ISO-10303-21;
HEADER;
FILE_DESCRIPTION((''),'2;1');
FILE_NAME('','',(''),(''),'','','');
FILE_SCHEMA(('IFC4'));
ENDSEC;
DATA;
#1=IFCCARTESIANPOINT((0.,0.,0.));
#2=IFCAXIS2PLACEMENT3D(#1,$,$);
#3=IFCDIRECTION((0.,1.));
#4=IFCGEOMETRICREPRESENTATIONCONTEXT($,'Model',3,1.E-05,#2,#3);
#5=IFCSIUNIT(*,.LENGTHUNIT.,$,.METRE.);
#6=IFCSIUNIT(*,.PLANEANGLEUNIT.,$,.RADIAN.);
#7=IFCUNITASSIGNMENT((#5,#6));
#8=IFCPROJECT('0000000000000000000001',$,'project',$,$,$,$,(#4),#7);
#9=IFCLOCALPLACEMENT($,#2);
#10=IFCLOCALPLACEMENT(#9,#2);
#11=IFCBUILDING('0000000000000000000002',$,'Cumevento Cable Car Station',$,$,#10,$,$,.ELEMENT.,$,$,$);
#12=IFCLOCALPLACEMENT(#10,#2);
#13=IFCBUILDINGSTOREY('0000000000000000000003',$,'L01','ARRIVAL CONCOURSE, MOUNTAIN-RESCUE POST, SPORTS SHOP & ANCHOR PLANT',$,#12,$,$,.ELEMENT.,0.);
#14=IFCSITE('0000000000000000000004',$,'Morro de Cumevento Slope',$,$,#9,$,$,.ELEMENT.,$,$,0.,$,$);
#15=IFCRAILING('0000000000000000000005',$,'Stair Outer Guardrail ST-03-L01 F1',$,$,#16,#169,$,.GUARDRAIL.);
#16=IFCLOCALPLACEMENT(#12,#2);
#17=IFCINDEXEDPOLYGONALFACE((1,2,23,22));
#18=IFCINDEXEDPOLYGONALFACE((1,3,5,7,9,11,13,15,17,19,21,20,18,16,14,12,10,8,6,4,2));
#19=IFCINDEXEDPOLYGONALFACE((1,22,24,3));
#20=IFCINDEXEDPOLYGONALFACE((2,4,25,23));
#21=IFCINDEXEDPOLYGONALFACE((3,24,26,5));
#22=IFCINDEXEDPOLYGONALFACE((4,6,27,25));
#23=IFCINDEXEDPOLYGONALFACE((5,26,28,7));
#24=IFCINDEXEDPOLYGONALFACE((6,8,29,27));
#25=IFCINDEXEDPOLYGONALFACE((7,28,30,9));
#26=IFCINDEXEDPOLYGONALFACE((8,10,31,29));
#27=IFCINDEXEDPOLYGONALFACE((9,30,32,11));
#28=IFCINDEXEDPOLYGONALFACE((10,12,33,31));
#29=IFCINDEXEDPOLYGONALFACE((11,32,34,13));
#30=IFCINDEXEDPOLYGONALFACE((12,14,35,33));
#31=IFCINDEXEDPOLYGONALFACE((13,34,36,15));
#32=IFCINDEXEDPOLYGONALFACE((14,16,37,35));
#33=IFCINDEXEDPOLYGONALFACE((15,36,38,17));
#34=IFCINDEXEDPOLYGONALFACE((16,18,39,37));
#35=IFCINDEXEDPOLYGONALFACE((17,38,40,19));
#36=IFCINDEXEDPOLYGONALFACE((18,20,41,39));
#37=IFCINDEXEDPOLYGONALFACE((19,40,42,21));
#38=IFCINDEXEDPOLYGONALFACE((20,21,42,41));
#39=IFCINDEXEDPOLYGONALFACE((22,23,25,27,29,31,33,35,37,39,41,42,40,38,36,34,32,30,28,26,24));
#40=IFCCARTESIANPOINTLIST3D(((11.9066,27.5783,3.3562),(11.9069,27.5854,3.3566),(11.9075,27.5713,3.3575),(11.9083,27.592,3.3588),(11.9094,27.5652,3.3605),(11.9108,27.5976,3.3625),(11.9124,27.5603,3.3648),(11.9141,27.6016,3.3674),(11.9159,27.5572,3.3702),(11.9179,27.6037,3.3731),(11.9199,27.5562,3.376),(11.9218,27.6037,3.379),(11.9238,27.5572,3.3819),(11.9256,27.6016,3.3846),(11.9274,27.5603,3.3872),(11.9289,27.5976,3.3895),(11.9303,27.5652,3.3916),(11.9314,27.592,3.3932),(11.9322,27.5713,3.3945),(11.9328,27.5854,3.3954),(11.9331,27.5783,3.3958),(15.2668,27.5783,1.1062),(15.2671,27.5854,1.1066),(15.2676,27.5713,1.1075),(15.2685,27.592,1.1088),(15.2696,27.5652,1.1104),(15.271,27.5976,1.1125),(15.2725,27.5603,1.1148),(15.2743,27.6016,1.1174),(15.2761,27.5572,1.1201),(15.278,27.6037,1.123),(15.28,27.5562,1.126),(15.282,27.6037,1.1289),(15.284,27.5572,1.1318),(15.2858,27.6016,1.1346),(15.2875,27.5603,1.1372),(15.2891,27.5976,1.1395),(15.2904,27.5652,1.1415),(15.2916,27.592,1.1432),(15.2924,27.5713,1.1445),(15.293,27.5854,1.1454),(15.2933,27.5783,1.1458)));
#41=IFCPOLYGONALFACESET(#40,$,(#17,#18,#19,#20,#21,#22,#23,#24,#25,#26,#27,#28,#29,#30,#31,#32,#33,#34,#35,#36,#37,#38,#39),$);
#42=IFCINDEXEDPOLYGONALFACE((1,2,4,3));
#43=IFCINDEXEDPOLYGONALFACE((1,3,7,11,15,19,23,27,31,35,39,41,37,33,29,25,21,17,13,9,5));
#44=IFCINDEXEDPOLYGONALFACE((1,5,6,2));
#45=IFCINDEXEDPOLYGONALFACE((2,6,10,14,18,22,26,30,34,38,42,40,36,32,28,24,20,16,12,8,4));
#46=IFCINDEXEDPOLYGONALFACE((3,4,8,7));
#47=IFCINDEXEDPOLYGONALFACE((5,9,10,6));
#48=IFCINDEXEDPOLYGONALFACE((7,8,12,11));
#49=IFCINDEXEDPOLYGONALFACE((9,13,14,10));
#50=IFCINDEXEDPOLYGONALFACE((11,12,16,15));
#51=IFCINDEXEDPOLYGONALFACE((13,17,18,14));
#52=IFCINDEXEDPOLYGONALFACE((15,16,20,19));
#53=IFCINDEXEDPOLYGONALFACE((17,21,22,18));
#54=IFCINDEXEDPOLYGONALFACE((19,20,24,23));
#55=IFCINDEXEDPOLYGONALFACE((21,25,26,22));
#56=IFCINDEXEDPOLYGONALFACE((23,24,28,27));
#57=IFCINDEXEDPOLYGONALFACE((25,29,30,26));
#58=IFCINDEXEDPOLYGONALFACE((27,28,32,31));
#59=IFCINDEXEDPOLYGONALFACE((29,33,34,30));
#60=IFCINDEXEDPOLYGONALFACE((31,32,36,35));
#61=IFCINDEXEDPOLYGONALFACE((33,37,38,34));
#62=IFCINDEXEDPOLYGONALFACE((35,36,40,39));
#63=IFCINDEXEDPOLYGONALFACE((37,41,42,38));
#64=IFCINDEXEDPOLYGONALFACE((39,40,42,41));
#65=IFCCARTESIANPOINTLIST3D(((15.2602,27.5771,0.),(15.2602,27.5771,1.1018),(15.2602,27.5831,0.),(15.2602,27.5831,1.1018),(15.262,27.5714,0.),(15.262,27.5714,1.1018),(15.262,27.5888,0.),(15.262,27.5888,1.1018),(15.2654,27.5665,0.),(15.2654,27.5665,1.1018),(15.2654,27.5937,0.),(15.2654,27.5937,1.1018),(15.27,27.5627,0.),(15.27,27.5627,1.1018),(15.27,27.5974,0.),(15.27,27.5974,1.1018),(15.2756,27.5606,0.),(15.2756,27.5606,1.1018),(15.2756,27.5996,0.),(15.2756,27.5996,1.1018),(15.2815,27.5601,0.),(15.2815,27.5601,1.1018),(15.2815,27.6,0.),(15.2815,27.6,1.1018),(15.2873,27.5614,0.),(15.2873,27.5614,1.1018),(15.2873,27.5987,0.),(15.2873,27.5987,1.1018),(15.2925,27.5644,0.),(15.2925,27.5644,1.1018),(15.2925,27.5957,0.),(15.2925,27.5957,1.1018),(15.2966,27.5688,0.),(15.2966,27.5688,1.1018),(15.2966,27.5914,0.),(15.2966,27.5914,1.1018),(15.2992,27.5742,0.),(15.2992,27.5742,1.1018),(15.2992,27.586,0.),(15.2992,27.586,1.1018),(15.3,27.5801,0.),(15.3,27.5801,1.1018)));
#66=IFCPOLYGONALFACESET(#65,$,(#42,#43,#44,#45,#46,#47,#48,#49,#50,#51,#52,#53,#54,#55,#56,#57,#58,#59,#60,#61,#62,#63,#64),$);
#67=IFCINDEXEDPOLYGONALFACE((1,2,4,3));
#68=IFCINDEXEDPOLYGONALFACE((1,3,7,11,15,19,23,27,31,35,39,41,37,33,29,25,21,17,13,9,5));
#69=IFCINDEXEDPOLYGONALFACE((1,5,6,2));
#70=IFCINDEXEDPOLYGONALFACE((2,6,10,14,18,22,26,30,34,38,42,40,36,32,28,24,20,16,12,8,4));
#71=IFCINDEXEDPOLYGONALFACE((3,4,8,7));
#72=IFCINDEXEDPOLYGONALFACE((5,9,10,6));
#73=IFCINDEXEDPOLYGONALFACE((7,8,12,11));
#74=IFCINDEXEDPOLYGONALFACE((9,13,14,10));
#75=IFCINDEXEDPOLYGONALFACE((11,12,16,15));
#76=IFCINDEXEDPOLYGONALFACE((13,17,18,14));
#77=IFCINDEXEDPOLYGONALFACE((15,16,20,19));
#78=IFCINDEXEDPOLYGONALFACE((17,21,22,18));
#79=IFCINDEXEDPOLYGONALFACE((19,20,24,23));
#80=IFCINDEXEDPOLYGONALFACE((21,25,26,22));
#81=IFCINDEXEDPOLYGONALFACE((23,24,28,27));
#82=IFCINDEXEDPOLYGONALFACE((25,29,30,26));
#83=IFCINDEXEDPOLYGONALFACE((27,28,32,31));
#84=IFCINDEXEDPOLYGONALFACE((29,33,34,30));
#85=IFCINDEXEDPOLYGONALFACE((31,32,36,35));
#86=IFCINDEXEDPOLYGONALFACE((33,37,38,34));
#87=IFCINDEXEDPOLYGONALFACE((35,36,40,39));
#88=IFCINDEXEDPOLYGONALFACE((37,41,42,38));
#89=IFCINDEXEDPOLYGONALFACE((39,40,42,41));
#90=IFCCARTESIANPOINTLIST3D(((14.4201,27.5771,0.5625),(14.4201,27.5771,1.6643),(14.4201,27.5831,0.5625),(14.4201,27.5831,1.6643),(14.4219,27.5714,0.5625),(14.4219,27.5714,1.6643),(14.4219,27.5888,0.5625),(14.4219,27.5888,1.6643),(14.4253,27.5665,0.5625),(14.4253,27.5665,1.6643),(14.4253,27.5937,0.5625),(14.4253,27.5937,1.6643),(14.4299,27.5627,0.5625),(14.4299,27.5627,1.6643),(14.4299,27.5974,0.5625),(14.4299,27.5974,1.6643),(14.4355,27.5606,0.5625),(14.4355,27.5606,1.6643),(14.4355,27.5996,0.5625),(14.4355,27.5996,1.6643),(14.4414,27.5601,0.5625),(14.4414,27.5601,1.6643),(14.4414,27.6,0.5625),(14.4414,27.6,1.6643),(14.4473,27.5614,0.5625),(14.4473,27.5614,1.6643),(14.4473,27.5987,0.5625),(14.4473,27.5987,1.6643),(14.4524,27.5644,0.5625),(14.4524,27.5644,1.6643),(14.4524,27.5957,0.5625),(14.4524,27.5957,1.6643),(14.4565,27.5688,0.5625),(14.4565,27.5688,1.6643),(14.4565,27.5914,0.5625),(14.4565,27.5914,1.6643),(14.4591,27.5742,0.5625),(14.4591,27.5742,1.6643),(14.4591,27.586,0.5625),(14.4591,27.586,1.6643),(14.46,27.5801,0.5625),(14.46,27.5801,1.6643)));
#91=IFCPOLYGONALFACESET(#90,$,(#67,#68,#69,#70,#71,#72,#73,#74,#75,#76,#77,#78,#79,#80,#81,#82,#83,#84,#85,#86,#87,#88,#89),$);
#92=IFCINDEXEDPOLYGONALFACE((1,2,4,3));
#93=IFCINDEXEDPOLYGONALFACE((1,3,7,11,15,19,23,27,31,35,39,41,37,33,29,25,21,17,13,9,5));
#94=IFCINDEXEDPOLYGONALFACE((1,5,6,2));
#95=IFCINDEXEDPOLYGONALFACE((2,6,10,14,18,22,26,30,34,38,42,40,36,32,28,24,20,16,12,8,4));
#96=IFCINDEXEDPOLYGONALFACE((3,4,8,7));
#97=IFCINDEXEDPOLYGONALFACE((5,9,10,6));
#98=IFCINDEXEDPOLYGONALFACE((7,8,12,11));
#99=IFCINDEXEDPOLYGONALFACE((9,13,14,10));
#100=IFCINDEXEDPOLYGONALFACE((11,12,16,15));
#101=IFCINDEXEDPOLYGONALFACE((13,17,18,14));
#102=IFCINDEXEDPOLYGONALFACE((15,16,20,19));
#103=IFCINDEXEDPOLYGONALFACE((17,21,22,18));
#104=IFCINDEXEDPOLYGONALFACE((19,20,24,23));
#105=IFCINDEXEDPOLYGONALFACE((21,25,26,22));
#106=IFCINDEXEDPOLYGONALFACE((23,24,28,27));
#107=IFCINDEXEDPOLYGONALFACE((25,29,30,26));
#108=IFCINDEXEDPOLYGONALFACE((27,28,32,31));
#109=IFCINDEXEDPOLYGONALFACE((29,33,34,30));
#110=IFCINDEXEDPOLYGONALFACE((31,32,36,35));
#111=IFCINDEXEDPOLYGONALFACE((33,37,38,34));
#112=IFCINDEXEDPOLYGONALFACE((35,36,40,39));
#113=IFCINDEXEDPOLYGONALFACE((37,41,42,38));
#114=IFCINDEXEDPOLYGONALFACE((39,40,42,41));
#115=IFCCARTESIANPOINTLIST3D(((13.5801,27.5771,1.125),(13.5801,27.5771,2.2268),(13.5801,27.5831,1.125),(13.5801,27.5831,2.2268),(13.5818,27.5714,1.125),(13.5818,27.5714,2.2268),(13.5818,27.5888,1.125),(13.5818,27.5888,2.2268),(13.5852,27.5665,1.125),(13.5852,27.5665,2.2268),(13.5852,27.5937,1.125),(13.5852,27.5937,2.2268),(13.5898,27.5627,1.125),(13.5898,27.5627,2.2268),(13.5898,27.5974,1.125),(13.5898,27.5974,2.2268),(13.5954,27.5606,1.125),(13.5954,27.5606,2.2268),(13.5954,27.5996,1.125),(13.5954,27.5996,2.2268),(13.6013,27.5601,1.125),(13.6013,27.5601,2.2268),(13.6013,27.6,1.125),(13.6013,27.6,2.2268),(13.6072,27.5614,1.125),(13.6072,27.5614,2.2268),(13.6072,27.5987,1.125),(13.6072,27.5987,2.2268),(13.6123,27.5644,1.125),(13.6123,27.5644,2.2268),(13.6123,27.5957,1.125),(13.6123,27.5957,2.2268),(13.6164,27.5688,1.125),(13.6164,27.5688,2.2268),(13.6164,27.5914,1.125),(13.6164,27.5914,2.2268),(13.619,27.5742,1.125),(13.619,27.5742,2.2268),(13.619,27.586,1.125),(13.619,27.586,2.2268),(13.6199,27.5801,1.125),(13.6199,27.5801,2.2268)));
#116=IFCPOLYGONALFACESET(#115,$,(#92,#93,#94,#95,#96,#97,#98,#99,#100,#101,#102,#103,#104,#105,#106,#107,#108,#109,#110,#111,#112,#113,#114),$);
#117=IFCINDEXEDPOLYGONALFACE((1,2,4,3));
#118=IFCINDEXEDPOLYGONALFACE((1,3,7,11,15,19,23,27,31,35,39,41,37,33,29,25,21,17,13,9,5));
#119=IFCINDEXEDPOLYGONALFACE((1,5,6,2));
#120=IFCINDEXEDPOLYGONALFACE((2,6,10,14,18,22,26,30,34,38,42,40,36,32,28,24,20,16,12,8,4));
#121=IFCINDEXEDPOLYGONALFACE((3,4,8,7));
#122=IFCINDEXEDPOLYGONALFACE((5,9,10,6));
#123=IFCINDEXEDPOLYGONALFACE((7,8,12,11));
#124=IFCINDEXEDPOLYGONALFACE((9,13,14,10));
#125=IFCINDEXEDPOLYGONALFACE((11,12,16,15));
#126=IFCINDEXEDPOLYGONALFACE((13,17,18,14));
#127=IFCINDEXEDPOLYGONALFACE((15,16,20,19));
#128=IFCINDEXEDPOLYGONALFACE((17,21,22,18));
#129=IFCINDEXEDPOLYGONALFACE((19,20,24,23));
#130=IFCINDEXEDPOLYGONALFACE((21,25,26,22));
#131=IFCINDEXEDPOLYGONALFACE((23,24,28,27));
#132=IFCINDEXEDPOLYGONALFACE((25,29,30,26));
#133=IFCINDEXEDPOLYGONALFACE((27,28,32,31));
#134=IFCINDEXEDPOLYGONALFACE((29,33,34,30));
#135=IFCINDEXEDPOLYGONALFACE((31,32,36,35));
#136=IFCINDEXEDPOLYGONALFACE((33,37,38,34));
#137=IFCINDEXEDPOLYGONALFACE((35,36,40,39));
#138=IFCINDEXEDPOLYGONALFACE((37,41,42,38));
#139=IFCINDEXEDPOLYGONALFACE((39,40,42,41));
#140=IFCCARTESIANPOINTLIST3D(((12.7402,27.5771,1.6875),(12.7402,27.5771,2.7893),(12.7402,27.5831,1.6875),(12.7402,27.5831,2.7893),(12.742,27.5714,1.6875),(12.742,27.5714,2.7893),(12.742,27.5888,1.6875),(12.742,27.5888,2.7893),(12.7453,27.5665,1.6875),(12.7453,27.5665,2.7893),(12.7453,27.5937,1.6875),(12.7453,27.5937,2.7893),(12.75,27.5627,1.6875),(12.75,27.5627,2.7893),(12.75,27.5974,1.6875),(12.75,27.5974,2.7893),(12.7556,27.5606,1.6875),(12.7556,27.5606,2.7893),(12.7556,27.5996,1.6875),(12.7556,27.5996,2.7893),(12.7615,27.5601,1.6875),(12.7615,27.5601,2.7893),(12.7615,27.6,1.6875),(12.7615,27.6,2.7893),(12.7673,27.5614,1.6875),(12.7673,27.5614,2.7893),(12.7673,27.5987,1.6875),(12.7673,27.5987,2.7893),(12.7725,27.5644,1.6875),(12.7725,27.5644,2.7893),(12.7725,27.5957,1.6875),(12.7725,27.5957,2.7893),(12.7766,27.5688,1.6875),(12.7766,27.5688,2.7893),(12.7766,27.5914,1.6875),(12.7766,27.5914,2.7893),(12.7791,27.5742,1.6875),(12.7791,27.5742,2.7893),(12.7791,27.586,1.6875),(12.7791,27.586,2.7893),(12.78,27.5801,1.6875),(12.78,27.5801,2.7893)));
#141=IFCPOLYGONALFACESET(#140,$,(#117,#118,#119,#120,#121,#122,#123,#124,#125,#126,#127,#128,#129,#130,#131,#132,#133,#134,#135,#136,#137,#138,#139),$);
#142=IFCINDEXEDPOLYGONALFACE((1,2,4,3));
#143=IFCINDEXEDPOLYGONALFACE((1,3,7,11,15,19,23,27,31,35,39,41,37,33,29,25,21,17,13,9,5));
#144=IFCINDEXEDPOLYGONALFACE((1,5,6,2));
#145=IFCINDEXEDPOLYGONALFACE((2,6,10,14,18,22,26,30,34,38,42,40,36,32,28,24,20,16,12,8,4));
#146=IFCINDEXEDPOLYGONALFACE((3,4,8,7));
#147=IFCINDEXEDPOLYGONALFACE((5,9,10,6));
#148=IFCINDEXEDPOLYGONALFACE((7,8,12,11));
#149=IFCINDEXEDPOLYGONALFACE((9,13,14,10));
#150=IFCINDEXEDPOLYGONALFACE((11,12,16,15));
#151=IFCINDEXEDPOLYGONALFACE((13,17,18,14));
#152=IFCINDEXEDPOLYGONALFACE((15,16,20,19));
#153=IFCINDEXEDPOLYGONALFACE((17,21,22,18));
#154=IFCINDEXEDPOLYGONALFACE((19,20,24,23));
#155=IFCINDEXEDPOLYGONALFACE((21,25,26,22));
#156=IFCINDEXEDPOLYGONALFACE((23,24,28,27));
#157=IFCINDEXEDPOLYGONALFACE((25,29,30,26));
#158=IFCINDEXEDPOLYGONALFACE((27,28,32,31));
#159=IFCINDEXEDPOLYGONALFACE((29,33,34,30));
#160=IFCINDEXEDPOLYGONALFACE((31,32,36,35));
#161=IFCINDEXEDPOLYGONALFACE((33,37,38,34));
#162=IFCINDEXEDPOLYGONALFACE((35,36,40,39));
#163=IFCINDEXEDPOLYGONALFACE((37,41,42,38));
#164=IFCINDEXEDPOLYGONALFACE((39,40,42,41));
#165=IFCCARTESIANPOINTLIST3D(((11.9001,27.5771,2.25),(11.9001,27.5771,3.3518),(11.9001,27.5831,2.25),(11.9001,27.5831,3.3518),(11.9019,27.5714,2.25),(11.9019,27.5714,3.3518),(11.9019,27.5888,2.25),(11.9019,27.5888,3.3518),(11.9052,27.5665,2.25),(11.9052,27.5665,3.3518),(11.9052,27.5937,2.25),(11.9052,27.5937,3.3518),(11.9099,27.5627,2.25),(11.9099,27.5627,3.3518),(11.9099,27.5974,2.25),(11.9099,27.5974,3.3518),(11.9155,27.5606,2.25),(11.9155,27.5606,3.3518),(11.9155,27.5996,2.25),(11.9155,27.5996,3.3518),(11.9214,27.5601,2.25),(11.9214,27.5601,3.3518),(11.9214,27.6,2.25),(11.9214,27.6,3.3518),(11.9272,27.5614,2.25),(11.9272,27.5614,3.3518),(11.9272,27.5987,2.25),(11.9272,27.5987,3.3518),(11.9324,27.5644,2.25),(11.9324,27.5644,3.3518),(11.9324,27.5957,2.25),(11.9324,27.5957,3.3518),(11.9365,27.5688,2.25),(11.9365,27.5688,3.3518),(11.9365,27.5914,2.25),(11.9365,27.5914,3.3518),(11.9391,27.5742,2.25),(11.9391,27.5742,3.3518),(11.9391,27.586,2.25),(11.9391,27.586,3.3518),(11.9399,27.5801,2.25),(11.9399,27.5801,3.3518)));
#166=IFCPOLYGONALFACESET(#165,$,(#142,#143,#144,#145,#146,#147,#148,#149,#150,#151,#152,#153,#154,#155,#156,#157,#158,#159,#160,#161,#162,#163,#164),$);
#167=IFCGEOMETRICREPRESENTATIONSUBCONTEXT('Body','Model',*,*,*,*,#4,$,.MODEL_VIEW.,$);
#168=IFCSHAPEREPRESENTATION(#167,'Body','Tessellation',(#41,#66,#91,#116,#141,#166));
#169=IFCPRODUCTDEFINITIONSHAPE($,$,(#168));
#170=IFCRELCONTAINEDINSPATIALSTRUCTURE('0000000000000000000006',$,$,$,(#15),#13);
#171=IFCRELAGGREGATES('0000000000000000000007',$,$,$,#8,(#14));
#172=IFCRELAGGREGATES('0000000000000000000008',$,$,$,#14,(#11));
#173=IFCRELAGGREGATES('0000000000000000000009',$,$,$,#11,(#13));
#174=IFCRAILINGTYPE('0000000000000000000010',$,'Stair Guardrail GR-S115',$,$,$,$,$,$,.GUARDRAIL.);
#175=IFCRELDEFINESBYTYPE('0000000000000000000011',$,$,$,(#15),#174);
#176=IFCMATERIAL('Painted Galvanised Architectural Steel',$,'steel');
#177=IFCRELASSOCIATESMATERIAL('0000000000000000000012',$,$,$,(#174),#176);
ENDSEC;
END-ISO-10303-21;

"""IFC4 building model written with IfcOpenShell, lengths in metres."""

from ifc_helpers import new_model, si_unit, direction, frame, origin, origin_2d, place, context, subcontext, project, spatial, circle, extrude, material, type_object, element, save


model = new_model("IFC4")

# Units and contexts
model_context = context("Model", 3, precision=1e-05, world=origin(), true_north=direction((0.0, 1.0)))
body_context = subcontext(model_context, "Body", "Model", "MODEL_VIEW")
ifc_project = project(units=[si_unit("LENGTHUNIT", "METRE"), si_unit("PLANEANGLEUNIT", "RADIAN")], contexts=[model_context])

# Site, building, storey
site_placement = place(None, origin())
site = spatial("IfcSite", under=ifc_project, at=site_placement, Name="Morro de Cumevento Slope", CompositionType="ELEMENT", RefElevation=0.0)
building_placement = place(site_placement, origin())
building = spatial("IfcBuilding", under=site, at=building_placement, Name="Cumevento Cable Car Station", CompositionType="ELEMENT")
storey_placement = place(building_placement, origin())
storey = spatial("IfcBuildingStorey", under=building, at=storey_placement, Name="L01", Description="ARRIVAL CONCOURSE, MOUNTAIN-RESCUE POST, SPORTS SHOP & ANCHOR PLANT", CompositionType="ELEMENT", Elevation=0.0)

# Railing
ifc_material_1 = material(Name="Painted Galvanised Architectural Steel", Category="steel")
railing_type_1 = type_object("IfcRailingType", Name="Stair Guardrail GR-S115", PredefinedType="GUARDRAIL", material=ifc_material_1)
railing_1_placement = place(storey_placement, frame((15.28, 27.5801, 0.0)))
element("IfcRailing", 1, at=railing_1_placement, inside=storey, type_object=railing_type_1, Name="Stair Outer Guardrail ST-03-L01 F1", PredefinedType="GUARDRAIL", context=body_context, shape_type="SweptSolid", body=[
    extrude(circle(Radius=0.0239, at=origin_2d()), frame((0.0, 0.0, 1.126), z_axis=(-0.830915, 0.0, 0.556399), x_axis=(0.0, -1.0, 0.0)), (0.0, 0.0, 1.0), 4.0439),
    extrude(circle(Radius=0.02, at=origin_2d()), origin(), (0.0, 0.0, 1.0), 1.1018),
    extrude(circle(Radius=0.02, at=origin_2d()), frame((-0.8401, 0.0, 0.5625)), (0.0, 0.0, 1.0), 1.1018),
    extrude(circle(Radius=0.02, at=origin_2d()), frame((-1.6802, 0.0, 1.125)), (0.0, 0.0, 1.0), 1.1018),
    extrude(circle(Radius=0.02, at=origin_2d()), frame((-2.52, 0.0, 1.6875)), (0.0, 0.0, 1.0), 1.1018),
    extrude(circle(Radius=0.02, at=origin_2d()), frame((-3.3601, 0.0, 2.25)), (0.0, 0.0, 1.0), 1.1018),
])

save(model, "model.ifc")
